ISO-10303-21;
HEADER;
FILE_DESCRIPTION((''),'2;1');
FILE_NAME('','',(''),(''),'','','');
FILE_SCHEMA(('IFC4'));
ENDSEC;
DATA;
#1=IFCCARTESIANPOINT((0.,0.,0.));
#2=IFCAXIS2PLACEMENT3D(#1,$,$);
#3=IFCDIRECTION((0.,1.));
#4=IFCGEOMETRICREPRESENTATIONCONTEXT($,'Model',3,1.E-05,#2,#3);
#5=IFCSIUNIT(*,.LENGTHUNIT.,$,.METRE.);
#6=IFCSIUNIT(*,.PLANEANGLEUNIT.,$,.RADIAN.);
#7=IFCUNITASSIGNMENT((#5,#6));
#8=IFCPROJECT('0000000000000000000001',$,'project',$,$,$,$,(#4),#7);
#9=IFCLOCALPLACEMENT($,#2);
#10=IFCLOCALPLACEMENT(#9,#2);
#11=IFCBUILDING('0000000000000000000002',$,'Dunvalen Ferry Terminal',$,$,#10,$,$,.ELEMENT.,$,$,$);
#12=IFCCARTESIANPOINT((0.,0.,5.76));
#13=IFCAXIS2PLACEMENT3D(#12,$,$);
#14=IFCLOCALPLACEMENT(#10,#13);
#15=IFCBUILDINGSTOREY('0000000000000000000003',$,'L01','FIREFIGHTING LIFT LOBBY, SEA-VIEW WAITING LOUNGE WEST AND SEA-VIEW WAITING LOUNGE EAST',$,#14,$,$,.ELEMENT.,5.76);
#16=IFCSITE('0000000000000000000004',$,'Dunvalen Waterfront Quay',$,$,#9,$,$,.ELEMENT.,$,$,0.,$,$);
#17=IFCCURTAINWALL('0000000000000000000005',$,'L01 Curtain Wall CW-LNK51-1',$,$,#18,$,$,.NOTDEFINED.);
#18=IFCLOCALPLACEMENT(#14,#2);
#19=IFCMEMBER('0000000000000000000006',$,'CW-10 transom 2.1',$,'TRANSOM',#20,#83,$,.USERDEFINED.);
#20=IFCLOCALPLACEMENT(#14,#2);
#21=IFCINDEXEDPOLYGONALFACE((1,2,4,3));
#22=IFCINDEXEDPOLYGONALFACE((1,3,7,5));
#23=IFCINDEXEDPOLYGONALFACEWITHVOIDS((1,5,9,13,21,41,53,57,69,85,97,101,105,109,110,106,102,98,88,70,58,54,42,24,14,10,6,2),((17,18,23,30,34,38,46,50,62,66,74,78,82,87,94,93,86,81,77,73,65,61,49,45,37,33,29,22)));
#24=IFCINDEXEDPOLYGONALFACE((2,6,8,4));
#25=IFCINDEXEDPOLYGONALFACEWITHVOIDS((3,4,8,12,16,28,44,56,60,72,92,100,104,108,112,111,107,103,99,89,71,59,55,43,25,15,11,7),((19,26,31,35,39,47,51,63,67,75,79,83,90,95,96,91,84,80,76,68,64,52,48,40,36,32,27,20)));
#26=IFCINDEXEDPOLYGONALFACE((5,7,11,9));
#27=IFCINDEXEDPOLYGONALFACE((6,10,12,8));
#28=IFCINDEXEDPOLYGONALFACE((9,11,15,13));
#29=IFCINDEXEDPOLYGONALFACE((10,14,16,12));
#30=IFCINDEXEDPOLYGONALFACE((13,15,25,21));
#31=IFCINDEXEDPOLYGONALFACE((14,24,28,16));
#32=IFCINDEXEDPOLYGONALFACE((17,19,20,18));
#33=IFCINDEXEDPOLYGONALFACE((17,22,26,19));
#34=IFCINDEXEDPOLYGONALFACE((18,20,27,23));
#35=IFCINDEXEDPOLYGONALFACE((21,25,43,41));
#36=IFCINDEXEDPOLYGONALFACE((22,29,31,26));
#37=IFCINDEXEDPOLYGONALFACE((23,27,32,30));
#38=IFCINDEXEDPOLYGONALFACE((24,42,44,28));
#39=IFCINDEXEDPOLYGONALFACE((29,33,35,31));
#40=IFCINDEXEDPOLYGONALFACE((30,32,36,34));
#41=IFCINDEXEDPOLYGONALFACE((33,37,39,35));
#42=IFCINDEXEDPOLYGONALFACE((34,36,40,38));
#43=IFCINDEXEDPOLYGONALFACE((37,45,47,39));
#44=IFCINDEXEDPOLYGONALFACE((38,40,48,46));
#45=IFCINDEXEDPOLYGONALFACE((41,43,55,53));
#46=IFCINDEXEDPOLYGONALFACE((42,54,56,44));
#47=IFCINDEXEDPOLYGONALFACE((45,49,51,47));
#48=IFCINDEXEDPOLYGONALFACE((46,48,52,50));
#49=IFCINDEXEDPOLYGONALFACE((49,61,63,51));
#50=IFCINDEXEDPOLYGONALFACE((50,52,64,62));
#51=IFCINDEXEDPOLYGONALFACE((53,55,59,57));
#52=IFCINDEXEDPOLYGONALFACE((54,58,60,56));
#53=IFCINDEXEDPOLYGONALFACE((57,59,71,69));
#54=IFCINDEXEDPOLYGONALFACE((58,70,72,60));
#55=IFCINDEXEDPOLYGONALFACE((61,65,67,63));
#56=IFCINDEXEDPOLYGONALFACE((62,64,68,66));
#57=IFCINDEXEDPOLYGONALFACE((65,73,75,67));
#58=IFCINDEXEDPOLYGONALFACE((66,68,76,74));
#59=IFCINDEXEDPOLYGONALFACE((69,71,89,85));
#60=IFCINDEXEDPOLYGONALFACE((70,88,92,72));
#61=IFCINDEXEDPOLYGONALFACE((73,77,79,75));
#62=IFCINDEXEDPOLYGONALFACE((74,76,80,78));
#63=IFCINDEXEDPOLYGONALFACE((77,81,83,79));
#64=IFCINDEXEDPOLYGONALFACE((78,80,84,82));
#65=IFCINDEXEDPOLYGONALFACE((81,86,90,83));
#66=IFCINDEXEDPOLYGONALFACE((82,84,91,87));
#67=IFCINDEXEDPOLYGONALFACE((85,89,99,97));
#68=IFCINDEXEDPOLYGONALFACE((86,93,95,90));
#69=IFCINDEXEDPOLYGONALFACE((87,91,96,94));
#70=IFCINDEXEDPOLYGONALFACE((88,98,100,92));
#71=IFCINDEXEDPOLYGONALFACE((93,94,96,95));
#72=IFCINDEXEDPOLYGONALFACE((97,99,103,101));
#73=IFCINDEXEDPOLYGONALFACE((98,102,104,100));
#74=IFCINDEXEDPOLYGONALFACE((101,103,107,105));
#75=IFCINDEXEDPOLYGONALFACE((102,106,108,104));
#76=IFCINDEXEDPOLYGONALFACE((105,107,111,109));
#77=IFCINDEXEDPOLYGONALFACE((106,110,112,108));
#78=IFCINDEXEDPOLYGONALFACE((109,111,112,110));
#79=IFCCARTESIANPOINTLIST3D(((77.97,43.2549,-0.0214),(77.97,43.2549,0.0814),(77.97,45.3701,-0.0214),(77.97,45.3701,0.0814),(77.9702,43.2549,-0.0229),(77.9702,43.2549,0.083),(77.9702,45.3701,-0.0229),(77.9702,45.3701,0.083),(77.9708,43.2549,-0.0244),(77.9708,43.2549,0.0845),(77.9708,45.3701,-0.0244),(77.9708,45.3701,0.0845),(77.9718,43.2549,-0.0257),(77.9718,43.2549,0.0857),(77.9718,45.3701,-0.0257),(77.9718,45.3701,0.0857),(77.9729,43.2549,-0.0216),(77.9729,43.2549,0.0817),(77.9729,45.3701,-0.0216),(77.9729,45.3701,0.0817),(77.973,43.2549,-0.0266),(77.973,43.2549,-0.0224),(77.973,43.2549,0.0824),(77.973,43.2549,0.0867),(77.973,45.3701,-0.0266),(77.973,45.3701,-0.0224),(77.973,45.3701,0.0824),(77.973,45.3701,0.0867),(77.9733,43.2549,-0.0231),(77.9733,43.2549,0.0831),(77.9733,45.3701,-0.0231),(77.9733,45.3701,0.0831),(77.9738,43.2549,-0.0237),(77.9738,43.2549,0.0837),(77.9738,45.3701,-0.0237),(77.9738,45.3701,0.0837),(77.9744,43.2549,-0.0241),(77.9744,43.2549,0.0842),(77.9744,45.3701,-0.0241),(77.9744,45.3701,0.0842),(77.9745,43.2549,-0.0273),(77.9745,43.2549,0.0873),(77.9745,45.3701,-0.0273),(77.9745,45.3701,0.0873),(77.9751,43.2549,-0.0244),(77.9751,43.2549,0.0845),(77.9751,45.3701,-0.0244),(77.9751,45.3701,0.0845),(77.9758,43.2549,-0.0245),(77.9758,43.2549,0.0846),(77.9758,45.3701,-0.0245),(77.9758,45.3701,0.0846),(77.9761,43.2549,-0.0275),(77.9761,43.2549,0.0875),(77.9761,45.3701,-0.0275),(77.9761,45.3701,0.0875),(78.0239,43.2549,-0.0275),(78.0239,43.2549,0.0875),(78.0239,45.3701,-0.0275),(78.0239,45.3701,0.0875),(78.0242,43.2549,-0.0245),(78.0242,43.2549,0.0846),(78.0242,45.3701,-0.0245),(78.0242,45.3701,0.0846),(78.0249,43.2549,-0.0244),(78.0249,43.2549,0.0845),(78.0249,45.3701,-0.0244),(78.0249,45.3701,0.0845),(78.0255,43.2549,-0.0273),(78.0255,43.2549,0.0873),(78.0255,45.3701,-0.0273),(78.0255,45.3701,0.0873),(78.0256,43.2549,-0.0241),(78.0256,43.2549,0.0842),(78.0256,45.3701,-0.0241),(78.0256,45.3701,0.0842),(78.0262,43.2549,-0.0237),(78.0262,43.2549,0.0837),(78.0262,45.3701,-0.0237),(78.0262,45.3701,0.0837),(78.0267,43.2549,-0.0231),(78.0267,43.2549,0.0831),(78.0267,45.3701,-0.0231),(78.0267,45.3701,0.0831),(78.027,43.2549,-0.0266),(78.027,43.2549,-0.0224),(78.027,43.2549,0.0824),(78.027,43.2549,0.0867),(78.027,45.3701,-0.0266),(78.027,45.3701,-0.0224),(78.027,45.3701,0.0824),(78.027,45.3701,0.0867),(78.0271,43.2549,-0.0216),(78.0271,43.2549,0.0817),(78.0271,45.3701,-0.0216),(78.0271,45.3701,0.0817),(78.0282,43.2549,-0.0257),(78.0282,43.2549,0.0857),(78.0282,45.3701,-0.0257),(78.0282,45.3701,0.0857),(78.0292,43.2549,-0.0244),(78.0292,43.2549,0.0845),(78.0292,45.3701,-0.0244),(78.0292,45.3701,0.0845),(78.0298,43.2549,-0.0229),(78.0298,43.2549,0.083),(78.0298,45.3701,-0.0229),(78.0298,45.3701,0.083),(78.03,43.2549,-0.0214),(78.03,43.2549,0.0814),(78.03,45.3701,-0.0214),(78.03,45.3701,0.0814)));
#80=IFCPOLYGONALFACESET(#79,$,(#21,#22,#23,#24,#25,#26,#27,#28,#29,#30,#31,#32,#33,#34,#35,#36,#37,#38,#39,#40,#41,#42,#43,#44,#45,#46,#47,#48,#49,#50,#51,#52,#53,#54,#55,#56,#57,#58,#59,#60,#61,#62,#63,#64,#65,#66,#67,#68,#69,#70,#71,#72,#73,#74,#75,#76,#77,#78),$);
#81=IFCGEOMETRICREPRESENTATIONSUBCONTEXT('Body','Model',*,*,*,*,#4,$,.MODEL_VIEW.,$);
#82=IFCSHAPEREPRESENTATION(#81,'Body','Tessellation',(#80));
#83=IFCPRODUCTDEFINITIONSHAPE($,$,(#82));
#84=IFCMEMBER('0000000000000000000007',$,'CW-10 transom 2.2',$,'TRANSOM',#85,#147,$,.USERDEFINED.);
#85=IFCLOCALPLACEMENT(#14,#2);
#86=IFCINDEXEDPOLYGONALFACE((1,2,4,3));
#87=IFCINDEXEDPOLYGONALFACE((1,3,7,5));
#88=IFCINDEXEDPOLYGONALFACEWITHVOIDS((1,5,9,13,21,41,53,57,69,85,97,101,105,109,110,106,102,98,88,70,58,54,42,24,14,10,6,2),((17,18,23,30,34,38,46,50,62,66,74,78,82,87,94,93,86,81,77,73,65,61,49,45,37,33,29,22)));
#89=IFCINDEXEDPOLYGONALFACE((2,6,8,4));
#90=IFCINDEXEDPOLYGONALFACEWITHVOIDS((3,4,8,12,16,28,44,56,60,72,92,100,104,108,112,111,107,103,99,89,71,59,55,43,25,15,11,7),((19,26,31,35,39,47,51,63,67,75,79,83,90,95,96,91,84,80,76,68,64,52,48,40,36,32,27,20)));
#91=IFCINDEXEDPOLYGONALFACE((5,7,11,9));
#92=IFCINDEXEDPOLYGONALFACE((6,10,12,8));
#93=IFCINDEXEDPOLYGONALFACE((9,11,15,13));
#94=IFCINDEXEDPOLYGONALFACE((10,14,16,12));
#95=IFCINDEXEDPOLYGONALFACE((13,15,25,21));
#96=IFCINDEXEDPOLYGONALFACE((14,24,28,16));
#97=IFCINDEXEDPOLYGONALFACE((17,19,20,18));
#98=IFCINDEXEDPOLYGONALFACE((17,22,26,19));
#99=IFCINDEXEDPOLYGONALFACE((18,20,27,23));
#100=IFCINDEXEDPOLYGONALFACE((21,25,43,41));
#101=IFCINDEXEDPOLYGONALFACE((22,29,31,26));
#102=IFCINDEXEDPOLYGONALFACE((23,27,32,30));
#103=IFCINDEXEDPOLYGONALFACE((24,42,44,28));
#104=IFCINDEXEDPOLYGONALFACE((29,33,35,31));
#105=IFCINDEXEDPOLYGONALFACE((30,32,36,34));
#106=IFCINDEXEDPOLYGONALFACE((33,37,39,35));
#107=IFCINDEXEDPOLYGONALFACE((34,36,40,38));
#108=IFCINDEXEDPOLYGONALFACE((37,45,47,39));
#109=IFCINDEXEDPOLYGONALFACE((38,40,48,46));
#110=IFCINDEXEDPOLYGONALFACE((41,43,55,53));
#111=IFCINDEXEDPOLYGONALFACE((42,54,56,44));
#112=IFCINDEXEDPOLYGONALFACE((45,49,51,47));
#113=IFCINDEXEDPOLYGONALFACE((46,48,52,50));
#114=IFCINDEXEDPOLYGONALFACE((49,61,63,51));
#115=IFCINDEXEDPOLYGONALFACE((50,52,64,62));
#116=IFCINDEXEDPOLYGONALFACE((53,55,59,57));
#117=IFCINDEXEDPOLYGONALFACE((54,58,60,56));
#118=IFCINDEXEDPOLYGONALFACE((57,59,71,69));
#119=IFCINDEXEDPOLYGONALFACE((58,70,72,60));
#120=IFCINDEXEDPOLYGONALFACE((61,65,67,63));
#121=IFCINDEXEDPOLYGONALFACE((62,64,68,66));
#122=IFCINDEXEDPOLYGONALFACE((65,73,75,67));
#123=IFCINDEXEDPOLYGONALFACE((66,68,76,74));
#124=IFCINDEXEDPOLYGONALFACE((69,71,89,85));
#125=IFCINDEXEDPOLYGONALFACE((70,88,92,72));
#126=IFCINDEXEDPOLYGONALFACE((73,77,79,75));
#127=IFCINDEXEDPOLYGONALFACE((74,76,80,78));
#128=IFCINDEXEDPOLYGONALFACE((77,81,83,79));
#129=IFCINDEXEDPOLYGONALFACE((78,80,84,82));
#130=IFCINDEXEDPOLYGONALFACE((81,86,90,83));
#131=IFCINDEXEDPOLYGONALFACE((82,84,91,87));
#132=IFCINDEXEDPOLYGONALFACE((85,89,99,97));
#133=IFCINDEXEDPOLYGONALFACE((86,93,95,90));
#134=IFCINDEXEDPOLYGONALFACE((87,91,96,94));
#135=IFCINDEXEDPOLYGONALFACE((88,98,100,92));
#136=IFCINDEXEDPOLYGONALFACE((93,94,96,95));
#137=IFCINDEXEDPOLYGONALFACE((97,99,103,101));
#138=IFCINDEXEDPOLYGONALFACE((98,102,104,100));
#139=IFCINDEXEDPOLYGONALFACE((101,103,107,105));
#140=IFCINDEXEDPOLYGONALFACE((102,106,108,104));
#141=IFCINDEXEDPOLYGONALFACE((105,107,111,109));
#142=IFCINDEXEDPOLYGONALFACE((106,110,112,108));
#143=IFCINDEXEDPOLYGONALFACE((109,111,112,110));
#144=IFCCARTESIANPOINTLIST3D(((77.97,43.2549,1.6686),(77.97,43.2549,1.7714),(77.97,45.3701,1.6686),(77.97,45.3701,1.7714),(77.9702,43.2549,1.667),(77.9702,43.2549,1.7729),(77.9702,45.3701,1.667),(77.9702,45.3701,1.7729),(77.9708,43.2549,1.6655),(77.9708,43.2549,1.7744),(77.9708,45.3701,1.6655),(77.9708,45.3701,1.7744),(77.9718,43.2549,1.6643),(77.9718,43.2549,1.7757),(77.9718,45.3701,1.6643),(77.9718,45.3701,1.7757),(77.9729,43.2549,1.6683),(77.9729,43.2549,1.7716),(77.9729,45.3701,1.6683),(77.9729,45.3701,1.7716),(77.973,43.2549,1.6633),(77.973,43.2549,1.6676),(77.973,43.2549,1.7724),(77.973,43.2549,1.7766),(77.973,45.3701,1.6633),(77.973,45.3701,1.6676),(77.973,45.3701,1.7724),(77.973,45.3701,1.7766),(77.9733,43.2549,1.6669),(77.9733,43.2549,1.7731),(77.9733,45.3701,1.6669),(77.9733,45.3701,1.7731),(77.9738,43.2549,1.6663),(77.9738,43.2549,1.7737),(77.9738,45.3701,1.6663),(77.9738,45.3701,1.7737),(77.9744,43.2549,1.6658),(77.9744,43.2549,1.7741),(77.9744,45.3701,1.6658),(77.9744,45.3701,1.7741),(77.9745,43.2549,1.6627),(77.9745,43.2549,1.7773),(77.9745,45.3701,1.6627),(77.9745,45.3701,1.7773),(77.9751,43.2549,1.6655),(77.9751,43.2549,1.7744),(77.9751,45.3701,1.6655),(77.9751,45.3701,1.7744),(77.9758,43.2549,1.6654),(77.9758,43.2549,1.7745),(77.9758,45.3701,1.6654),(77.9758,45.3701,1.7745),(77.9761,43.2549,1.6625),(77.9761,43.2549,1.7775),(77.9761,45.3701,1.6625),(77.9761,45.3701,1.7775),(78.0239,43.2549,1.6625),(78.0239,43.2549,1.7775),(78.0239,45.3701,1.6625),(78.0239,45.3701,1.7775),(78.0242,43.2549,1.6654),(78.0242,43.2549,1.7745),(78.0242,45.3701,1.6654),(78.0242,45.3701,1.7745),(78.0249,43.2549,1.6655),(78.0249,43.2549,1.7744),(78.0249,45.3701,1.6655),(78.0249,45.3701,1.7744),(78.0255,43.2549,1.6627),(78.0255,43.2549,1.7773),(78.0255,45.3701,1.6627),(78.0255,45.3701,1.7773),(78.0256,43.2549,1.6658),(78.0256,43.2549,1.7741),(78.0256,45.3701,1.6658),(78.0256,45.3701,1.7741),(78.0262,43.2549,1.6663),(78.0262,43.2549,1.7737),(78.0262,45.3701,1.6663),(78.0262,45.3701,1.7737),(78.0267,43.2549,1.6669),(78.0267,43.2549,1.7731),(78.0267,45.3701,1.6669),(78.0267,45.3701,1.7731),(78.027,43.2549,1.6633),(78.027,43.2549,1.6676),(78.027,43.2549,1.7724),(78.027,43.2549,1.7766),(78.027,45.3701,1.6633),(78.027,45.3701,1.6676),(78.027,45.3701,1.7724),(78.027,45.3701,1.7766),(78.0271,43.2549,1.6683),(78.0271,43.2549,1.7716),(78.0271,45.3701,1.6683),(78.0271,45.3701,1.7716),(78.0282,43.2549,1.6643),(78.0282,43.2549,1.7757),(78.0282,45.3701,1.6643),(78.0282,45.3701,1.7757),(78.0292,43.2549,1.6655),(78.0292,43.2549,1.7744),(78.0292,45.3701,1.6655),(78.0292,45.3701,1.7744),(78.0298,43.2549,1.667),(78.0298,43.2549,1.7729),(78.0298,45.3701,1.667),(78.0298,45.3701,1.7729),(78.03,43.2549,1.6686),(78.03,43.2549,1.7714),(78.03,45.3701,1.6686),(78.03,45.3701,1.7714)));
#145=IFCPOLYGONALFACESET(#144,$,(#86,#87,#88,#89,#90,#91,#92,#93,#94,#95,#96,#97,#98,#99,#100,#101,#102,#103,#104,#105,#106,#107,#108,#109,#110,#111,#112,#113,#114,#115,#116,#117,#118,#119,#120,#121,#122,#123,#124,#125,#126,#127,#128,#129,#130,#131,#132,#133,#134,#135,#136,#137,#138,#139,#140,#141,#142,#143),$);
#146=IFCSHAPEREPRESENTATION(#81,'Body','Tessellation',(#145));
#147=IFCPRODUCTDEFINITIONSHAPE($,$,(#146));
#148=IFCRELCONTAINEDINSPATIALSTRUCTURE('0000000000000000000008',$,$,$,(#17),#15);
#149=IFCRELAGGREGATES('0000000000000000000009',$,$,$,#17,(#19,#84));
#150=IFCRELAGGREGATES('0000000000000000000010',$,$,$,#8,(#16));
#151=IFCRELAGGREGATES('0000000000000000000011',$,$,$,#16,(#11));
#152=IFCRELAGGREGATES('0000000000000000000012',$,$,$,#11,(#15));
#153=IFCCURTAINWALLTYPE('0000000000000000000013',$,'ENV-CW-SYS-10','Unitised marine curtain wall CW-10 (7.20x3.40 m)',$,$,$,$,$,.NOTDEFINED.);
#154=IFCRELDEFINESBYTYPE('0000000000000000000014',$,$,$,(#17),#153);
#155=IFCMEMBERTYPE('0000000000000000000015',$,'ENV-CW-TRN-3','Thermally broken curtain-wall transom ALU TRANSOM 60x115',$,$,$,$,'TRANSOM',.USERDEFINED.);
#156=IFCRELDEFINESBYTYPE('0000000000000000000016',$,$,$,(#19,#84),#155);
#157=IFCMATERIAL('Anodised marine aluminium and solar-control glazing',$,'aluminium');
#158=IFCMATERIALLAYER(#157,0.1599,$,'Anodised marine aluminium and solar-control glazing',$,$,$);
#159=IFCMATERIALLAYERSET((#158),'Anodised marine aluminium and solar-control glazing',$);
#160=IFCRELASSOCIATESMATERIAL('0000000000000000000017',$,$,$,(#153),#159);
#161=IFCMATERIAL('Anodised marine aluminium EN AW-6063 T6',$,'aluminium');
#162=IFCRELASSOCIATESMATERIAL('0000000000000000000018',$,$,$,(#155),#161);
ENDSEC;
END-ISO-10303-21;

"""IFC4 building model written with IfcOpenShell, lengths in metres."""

from ifc_helpers import new_model, si_unit, direction, frame, origin, origin_2d, place, context, subcontext, project, spatial, hollow_rectangle, extrude, material, layer, layer_set, material_profile, profile_set, type_object, element, aggregate, save


model = new_model("IFC4")

# Units and contexts
model_context = context("Model", 3, precision=1e-05, world=origin(), true_north=direction((0.0, 1.0)))
body_context = subcontext(model_context, "Body", "Model", "MODEL_VIEW")
ifc_project = project(units=[si_unit("LENGTHUNIT", "METRE"), si_unit("PLANEANGLEUNIT", "RADIAN")], contexts=[model_context])

# Site, building, storey
site_placement = place(None, origin())
site = spatial("IfcSite", under=ifc_project, at=site_placement, Name="Dunvalen Waterfront Quay", CompositionType="ELEMENT", RefElevation=0.0)
building_placement = place(site_placement, origin())
building = spatial("IfcBuilding", under=site, at=building_placement, Name="Dunvalen Ferry Terminal", CompositionType="ELEMENT")
storey_placement = place(building_placement, frame((0.0, 0.0, 5.76)))
storey = spatial("IfcBuildingStorey", under=building, at=storey_placement, Name="L01", Description="FIREFIGHTING LIFT LOBBY, SEA-VIEW WAITING LOUNGE WEST AND SEA-VIEW WAITING LOUNGE EAST", CompositionType="ELEMENT", Elevation=5.76)

# Curtain wall
ifc_material_1 = material(Name="Anodised marine aluminium and solar-control glazing", Category="aluminium")
ifc_layer_1 = layer(ifc_material_1, 0.1599, Name="Anodised marine aluminium and solar-control glazing")
ifc_layer_set_1 = layer_set([ifc_layer_1], Name="Anodised marine aluminium and solar-control glazing")
curtain_wall_type_1 = type_object("IfcCurtainWallType", Name="ENV-CW-SYS-10", Description="Unitised marine curtain wall CW-10 (7.20x3.40 m)", PredefinedType="NOTDEFINED", material=ifc_layer_set_1)
curtain_wall_1_placement = place(storey_placement, origin())
curtain_wall_1 = element("IfcCurtainWall", 1, at=curtain_wall_1_placement, inside=storey, type_object=curtain_wall_type_1, Name="L01 Curtain Wall CW-LNK51-1", PredefinedType="NOTDEFINED")
ifc_material_2 = material(Name="Anodised marine aluminium EN AW-6063 T6", Category="aluminium")

# Members
ifc_material_profile_1 = material_profile(ifc_material_2, hollow_rectangle(XDim=0.0601, YDim=0.115, WallThickness=0.0029, InnerFilletRadius=0.0029, OuterFilletRadius=0.0061, at=origin_2d()), Name="Anodised marine aluminium EN AW-6063 T6")
ifc_profile_set_1 = profile_set([ifc_material_profile_1], Name="Anodised marine aluminium EN AW-6063 T6")
member_type_1 = type_object("IfcMemberType", Name="ENV-CW-TRN-3", Description="Thermally broken curtain-wall transom ALU TRANSOM 60x115", ElementType="TRANSOM", PredefinedType="USERDEFINED", material=ifc_profile_set_1)
member_1_placement = place(storey_placement, frame((78.0, 43.2549, 0.03), z_axis=(0.0, 1.0, 0.0), x_axis=(-1.0, 0.0, 0.0)))
member_1 = element("IfcMember", 2, at=member_1_placement, type_object=member_type_1, Name="CW-10 transom 2.1", ObjectType="TRANSOM", PredefinedType="USERDEFINED", context=body_context, shape_type="SweptSolid", body=[
    extrude(hollow_rectangle(XDim=0.0601, YDim=0.115, WallThickness=0.0029, InnerFilletRadius=0.0029, OuterFilletRadius=0.0061, at=origin_2d()), origin(), (0.0, 0.0, 1.0), 2.1152),
])
member_2_placement = place(storey_placement, frame((78.0, 43.2549, 1.72), z_axis=(0.0, 1.0, 0.0), x_axis=(-1.0, 0.0, 0.0)))
member_2 = element("IfcMember", 3, at=member_2_placement, type_object=member_type_1, Name="CW-10 transom 2.2", ObjectType="TRANSOM", PredefinedType="USERDEFINED", context=body_context, shape_type="SweptSolid", body=[
    extrude(hollow_rectangle(XDim=0.0601, YDim=0.115, WallThickness=0.0029, InnerFilletRadius=0.0029, OuterFilletRadius=0.0061, at=origin_2d()), origin(), (0.0, 0.0, 1.0), 2.1152),
])

aggregate(curtain_wall_1, [member_1, member_2])

save(model, "model.ifc")
